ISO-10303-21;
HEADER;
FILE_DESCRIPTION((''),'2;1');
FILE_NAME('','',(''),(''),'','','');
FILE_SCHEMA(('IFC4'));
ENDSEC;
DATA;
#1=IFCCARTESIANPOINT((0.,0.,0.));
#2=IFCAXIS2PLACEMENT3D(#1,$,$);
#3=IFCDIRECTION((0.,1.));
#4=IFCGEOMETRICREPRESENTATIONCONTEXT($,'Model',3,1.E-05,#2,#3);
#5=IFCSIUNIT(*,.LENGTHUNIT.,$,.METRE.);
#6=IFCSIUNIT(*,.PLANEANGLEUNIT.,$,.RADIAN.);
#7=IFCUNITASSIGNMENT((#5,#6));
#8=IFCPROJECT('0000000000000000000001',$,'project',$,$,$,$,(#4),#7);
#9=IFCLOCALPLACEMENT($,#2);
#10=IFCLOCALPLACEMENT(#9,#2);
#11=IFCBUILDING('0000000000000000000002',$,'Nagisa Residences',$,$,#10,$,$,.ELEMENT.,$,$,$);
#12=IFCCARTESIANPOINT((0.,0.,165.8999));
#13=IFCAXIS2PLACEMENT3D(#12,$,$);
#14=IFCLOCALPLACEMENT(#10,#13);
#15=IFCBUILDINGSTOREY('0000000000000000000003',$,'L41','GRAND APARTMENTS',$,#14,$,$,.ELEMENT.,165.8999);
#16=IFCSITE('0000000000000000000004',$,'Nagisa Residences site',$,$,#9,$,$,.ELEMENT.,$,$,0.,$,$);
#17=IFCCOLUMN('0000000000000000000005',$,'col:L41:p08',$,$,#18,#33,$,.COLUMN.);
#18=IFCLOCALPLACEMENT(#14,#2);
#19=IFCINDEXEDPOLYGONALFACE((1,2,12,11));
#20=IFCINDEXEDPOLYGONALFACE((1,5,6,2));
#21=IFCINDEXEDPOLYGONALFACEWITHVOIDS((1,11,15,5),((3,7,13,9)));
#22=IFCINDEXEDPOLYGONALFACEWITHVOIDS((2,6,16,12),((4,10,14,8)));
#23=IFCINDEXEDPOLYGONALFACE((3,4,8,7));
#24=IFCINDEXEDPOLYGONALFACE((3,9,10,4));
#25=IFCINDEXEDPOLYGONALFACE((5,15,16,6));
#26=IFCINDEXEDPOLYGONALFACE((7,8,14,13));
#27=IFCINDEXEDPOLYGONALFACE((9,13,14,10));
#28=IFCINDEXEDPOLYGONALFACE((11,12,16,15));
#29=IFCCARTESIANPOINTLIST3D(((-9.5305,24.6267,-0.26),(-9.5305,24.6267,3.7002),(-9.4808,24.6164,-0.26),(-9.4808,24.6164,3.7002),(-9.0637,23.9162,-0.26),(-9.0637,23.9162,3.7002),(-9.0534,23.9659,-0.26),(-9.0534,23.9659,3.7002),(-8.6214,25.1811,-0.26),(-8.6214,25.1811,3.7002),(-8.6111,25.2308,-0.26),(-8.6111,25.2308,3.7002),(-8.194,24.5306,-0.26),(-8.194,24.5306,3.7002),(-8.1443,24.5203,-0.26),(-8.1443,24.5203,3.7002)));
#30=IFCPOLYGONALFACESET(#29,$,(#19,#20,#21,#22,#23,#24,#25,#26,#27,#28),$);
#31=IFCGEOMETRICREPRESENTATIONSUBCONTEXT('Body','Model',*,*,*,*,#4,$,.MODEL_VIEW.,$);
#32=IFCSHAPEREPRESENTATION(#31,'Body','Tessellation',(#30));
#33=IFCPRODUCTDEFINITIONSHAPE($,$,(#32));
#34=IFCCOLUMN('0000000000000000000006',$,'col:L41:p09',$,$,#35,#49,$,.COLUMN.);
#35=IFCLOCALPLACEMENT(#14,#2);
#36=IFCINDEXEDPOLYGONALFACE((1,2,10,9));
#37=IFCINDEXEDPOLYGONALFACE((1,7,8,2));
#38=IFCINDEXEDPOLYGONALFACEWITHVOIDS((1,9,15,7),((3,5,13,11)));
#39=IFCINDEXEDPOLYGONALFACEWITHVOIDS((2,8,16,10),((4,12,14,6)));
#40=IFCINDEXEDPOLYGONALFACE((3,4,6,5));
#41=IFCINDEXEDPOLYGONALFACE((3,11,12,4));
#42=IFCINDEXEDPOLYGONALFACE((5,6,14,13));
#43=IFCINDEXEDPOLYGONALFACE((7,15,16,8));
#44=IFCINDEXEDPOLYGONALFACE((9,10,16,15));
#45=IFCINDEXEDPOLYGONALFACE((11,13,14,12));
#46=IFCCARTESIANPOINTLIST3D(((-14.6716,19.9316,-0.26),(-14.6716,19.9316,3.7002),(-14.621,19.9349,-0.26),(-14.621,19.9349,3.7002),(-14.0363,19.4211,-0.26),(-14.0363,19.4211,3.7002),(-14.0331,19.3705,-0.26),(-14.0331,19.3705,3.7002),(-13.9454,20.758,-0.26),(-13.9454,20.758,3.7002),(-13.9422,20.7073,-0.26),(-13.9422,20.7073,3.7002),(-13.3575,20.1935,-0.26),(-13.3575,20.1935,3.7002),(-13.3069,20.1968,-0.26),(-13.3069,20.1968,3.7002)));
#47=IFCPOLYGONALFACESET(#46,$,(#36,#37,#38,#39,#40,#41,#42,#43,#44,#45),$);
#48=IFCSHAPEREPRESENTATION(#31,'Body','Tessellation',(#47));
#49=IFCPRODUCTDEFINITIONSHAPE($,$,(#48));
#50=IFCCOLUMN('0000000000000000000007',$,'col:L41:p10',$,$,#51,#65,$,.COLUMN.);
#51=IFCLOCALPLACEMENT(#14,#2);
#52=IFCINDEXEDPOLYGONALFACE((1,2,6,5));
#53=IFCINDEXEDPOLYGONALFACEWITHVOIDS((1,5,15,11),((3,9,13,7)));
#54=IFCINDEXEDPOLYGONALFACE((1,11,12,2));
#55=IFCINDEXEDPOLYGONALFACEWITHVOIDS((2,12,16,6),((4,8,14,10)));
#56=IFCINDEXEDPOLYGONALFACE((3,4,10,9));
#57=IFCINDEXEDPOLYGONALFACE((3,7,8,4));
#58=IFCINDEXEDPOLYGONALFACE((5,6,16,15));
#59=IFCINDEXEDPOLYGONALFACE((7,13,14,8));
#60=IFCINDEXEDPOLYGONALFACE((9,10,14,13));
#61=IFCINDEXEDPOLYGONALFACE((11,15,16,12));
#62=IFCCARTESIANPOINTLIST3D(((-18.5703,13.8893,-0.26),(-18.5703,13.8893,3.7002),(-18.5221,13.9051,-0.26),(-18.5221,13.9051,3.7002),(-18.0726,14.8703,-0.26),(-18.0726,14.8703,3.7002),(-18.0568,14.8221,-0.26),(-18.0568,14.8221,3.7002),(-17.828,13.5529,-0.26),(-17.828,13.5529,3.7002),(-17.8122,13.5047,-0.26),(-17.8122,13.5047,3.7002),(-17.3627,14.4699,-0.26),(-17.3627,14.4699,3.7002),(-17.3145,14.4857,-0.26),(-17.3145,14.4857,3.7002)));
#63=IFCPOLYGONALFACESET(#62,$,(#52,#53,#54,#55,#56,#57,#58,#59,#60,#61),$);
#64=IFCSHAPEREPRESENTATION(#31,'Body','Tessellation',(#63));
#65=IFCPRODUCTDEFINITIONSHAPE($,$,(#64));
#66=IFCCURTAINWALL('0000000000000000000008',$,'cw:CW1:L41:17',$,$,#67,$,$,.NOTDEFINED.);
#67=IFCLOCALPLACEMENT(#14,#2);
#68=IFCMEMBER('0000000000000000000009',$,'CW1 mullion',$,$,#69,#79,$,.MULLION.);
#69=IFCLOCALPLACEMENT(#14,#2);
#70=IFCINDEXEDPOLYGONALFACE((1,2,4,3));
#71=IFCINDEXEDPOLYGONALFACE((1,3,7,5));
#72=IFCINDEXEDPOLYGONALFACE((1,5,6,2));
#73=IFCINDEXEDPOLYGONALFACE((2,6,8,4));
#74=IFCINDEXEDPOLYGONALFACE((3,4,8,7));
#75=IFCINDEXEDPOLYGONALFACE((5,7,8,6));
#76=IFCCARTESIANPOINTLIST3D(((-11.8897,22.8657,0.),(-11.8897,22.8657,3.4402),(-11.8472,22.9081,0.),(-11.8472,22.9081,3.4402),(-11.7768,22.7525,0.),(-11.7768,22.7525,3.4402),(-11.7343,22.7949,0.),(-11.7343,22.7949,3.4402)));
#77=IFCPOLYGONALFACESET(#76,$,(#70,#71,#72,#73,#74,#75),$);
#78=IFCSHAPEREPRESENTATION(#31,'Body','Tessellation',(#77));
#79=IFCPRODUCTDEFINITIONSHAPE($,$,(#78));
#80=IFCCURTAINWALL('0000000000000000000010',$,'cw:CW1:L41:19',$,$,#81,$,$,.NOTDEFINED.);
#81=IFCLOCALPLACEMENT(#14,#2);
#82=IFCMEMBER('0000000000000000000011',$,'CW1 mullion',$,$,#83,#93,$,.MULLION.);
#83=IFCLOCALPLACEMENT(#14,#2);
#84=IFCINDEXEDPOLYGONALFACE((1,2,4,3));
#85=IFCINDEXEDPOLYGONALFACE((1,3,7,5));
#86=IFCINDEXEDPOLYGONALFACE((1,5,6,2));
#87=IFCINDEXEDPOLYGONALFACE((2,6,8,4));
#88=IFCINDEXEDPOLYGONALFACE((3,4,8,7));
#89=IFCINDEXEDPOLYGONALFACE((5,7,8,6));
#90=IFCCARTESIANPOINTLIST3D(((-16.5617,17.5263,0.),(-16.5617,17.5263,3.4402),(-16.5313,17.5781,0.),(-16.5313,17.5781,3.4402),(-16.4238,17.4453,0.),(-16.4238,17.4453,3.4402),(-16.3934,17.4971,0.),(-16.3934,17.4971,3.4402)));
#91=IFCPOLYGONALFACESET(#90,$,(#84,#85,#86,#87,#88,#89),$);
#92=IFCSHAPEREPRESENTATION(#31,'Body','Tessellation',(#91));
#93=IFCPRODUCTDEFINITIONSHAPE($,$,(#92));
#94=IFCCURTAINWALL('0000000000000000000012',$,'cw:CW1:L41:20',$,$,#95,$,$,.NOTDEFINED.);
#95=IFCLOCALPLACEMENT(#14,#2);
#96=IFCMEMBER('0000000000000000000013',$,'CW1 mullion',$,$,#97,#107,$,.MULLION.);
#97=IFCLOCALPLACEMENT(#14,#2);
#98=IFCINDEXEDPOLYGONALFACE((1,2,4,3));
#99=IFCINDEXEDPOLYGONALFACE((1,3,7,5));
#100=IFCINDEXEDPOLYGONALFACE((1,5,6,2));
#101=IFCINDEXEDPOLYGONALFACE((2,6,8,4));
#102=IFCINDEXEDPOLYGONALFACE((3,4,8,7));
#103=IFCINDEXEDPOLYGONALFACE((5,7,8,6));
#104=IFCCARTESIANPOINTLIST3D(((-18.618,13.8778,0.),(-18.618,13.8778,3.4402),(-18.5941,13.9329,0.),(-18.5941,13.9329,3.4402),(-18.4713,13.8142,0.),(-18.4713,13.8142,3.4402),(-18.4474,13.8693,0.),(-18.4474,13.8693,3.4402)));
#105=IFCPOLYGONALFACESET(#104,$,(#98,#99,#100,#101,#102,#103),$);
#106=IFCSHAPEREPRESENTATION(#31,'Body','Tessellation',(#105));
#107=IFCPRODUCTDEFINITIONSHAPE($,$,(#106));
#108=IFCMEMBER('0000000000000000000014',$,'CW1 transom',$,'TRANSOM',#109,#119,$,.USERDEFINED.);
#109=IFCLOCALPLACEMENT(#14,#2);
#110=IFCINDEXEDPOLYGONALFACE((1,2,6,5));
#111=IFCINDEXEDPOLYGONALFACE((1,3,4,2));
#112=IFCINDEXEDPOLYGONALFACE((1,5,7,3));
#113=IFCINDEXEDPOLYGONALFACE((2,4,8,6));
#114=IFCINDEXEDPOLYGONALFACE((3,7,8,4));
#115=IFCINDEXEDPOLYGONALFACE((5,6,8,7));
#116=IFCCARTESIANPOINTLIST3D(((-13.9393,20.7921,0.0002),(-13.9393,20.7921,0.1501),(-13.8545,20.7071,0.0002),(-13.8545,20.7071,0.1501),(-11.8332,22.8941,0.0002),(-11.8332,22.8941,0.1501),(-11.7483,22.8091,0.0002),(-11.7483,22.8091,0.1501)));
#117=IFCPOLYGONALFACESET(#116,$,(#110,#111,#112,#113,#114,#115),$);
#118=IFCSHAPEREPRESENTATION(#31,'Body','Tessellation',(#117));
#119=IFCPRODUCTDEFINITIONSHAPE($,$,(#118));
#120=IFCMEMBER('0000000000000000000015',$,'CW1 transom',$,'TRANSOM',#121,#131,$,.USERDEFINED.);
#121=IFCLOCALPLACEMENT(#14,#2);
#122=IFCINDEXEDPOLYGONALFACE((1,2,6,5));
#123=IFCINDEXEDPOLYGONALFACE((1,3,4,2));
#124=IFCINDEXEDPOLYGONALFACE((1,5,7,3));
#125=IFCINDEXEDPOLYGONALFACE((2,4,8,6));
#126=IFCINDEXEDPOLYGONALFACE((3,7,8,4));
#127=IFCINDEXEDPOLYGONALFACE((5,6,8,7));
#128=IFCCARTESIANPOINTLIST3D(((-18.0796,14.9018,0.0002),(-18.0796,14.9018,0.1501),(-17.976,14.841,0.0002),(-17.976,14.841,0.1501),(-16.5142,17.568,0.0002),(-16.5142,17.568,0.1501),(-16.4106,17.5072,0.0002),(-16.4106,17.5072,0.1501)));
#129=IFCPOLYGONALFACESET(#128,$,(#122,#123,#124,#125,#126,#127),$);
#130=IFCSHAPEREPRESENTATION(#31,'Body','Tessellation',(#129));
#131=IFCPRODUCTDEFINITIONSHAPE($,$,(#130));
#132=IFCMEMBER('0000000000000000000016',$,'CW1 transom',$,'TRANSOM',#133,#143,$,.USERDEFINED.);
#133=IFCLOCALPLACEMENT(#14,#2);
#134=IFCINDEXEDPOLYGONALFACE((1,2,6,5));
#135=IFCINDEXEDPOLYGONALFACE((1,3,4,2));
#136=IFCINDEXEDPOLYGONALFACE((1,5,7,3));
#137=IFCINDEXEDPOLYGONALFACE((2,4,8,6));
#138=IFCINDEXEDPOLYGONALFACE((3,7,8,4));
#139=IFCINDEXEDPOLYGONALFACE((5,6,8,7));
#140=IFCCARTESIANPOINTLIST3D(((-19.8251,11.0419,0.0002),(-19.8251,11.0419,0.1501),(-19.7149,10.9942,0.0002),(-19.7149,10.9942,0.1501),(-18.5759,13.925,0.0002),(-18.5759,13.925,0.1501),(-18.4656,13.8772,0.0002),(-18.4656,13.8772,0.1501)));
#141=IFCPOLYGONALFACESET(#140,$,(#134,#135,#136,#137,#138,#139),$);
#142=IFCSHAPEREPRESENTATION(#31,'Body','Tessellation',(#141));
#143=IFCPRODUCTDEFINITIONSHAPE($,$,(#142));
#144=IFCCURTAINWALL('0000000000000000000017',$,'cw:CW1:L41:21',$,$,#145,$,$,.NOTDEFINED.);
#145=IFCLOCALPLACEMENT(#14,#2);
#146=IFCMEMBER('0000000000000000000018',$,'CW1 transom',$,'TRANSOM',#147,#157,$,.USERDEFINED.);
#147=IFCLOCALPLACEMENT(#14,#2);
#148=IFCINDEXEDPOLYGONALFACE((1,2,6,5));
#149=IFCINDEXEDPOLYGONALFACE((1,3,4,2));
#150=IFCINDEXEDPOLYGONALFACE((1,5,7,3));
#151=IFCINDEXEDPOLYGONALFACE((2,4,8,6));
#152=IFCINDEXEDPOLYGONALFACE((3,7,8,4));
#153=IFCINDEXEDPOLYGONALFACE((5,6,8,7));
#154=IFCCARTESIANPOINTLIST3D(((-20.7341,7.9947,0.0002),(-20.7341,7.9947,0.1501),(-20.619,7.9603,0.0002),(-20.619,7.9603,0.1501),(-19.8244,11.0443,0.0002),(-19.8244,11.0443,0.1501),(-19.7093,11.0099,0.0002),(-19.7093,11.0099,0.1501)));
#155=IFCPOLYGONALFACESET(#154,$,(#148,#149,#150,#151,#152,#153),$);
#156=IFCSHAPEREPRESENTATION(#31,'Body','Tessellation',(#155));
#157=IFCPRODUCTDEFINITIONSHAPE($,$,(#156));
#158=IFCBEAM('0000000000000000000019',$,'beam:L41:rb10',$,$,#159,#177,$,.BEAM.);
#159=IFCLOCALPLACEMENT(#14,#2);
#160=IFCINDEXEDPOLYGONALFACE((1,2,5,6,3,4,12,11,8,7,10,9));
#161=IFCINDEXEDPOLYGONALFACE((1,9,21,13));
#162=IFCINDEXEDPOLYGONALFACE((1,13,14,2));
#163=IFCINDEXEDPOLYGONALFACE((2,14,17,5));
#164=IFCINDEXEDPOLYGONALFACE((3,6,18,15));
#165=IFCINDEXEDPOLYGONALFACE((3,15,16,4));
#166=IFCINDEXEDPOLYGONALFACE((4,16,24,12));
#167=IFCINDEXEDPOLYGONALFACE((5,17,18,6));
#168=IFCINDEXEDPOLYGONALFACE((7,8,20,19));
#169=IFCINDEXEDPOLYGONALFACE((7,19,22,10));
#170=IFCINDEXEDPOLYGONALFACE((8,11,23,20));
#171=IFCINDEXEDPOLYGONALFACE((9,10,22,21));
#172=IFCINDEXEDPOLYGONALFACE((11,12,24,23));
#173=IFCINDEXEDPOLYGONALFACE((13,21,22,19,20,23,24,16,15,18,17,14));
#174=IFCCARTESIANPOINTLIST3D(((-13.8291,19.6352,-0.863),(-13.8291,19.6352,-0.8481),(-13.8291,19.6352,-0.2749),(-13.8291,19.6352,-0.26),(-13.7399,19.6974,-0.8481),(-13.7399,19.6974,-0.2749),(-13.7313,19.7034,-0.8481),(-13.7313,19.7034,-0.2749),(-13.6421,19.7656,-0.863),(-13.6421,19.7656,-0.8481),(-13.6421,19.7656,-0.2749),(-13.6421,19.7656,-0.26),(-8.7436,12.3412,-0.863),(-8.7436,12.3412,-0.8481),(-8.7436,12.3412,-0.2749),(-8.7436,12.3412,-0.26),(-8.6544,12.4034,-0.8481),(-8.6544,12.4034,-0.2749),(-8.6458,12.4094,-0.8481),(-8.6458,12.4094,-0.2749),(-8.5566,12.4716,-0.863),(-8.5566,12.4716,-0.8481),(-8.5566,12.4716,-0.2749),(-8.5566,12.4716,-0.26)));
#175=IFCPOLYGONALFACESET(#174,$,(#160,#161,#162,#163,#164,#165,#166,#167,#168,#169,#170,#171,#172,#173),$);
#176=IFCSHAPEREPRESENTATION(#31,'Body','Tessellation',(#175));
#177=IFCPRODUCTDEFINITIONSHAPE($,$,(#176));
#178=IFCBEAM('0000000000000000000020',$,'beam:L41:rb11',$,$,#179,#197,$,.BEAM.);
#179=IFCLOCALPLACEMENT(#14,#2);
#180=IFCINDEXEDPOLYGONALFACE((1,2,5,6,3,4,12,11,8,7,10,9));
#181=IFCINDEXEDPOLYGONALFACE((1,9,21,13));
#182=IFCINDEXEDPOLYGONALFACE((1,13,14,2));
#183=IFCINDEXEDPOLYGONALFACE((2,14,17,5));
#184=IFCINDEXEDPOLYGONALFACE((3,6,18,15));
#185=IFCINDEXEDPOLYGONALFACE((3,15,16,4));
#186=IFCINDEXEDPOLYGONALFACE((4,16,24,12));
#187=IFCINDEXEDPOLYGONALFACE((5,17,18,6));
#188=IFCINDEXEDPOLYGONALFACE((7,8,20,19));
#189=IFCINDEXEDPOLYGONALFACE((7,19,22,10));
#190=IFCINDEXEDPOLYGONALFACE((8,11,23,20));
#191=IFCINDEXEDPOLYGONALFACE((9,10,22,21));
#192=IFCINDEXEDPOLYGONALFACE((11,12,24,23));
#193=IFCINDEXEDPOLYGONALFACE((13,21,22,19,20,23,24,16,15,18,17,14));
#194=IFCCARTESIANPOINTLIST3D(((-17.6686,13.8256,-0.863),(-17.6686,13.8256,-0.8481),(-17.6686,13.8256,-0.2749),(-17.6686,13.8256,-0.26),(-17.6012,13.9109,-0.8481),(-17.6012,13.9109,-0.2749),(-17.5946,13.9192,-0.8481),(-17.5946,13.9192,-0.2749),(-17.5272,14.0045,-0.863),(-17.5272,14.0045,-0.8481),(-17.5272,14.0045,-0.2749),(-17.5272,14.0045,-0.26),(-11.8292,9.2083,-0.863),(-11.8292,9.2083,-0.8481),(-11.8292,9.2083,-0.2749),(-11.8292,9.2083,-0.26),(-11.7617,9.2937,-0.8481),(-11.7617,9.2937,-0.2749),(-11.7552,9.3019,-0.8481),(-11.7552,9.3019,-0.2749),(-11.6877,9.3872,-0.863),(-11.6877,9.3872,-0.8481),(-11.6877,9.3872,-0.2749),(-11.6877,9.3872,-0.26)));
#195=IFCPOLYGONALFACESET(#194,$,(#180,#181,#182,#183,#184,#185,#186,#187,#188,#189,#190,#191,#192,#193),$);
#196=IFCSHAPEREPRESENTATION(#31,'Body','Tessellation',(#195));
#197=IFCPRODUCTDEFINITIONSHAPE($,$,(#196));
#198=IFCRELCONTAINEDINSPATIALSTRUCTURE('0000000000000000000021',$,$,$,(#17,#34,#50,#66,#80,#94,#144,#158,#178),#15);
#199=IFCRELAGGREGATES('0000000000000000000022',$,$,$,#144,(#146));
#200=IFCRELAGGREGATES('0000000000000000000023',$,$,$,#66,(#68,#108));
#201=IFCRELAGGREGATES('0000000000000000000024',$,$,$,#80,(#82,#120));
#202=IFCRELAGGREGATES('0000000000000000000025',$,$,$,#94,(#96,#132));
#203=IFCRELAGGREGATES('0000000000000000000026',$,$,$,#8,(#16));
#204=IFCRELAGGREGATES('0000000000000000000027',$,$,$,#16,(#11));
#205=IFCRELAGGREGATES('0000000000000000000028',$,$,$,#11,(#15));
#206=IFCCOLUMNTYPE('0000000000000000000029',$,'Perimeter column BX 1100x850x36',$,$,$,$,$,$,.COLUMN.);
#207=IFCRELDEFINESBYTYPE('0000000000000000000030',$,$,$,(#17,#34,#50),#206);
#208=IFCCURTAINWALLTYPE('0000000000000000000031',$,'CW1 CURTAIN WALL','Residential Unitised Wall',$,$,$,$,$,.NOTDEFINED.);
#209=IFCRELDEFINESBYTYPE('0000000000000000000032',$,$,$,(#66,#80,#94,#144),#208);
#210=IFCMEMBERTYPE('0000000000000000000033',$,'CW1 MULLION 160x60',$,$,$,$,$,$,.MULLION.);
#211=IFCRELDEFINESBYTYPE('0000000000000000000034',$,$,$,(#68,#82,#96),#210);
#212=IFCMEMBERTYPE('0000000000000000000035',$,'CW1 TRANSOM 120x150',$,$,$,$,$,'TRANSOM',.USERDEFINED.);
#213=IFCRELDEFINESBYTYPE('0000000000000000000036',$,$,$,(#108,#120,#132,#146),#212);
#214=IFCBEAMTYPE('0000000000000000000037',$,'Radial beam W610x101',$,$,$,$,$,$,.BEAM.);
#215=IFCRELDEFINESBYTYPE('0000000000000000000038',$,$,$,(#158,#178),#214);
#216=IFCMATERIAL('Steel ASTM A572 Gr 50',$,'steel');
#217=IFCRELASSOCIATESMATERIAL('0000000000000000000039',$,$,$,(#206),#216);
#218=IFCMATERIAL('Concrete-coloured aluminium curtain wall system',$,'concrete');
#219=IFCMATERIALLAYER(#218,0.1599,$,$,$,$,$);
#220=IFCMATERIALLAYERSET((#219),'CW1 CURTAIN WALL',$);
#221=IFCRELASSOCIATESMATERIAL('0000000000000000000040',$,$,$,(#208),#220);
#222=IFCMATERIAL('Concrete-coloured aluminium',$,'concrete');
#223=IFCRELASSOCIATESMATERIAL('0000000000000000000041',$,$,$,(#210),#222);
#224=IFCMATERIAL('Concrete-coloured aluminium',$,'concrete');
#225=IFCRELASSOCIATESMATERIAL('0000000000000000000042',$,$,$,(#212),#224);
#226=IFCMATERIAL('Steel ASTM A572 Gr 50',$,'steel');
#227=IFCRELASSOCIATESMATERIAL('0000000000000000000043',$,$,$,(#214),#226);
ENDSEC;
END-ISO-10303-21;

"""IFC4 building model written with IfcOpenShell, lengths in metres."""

from ifc_helpers import new_model, si_unit, direction, frame, origin, origin_2d, place, context, subcontext, project, spatial, rectangle, hollow_rectangle, i_section, extrude, material, layer, layer_set, material_profile, profile_set, type_object, element, aggregate, save


model = new_model("IFC4")

# Units and contexts
model_context = context("Model", 3, precision=1e-05, world=origin(), true_north=direction((0.0, 1.0)))
body_context = subcontext(model_context, "Body", "Model", "MODEL_VIEW")
ifc_project = project(units=[si_unit("LENGTHUNIT", "METRE"), si_unit("PLANEANGLEUNIT", "RADIAN")], contexts=[model_context])

# Site, building, storey
site_placement = place(None, origin())
site = spatial("IfcSite", under=ifc_project, at=site_placement, Name="Nagisa Residences site", CompositionType="ELEMENT", RefElevation=0.0)
building_placement = place(site_placement, origin())
building = spatial("IfcBuilding", under=site, at=building_placement, Name="Nagisa Residences", CompositionType="ELEMENT")
storey_placement = place(building_placement, frame((0.0, 0.0, 165.8999)))
storey = spatial("IfcBuildingStorey", under=building, at=storey_placement, Name="L41", Description="GRAND APARTMENTS", CompositionType="ELEMENT", Elevation=165.8999)

# Columns
ifc_material_1 = material(Name="Steel ASTM A572 Gr 50", Category="steel")
ifc_material_profile_1 = material_profile(ifc_material_1, hollow_rectangle(XDim=1.1001, YDim=0.8501, WallThickness=0.0359, at=origin_2d()), Name="BX 1100x850x36")
ifc_profile_set_1 = profile_set([ifc_material_profile_1], Name="Steel ASTM A572 Gr 50")
column_type = type_object("IfcColumnType", Name="Perimeter column BX 1100x850x36", PredefinedType="COLUMN", material=ifc_profile_set_1)
for number, where, z_axis, x_axis, name in (
    (1, (-8.8374, 24.5735, -0.26), (0.0, 0.0, 1.0), (-0.835766, -0.549086, 0.0), "col:L41:p08"),
    (2, (-13.9893, 20.0642, -0.26), (0.0, 0.0, 1.0), (-0.660115, -0.751165, 0.0), "col:L41:p09"),
    (3, (-17.9424, 14.1875, -0.26), (0.0, 0.0, 1.0), (-0.452463, -0.891783, 0.0), "col:L41:p10"),
):
    element("IfcColumn", number, at=place(storey_placement, frame(where, z_axis=z_axis, x_axis=x_axis)), inside=storey, type_object=column_type, Name=name, PredefinedType="COLUMN", context=body_context, shape_type="SweptSolid", body=[
        extrude(hollow_rectangle(XDim=1.1001, YDim=0.8501, WallThickness=0.0359, at=origin_2d()), origin(), (0.0, 0.0, 1.0), 3.9602),
    ])

# Curtain walls, members
ifc_material_2 = material(Name="Concrete-coloured aluminium curtain wall system", Category="concrete")
ifc_layer_1 = layer(ifc_material_2, 0.1599)
ifc_layer_set_1 = layer_set([ifc_layer_1], Name="CW1 CURTAIN WALL")
curtain_wall_type = type_object("IfcCurtainWallType", Name="CW1 CURTAIN WALL", Description="Residential Unitised Wall", PredefinedType="NOTDEFINED", material=ifc_layer_set_1)
curtain_wall_1_placement = place(storey_placement, origin())
curtain_wall_1 = element("IfcCurtainWall", 4, at=curtain_wall_1_placement, inside=storey, type_object=curtain_wall_type, Name="cw:CW1:L41:17", PredefinedType="NOTDEFINED")
ifc_material_3 = material(Name="Concrete-coloured aluminium", Category="concrete")
ifc_material_profile_2 = material_profile(ifc_material_3, rectangle(XDim=0.1599, YDim=0.0601, at=origin_2d()), Name="CW1 MULLION 160x60")
ifc_profile_set_2 = profile_set([ifc_material_profile_2], Name="Concrete-coloured aluminium")
member_type_1 = type_object("IfcMemberType", Name="CW1 MULLION 160x60", PredefinedType="MULLION", material=ifc_profile_set_2)
member_1_placement = place(storey_placement, frame((-11.812, 22.8303, 0.0), z_axis=(0.0, 0.0, 1.0), x_axis=(0.706377, -0.707836, 0.0)))
member_1 = element("IfcMember", 5, at=member_1_placement, type_object=member_type_1, Name="CW1 mullion", PredefinedType="MULLION", context=body_context, shape_type="SweptSolid", body=[
    extrude(rectangle(XDim=0.1599, YDim=0.0601, at=origin_2d()), origin(), (0.0, 0.0, 1.0), 3.4402),
])
curtain_wall_2_placement = place(storey_placement, origin())
curtain_wall_2 = element("IfcCurtainWall", 6, at=curtain_wall_2_placement, inside=storey, type_object=curtain_wall_type, Name="cw:CW1:L41:19", PredefinedType="NOTDEFINED")
member_2_placement = place(storey_placement, frame((-16.4775, 17.5117, 0.0), z_axis=(0.0, 0.0, 1.0), x_axis=(0.862329, -0.506349, 0.0)))
member_2 = element("IfcMember", 7, at=member_2_placement, type_object=member_type_1, Name="CW1 mullion", PredefinedType="MULLION", context=body_context, shape_type="SweptSolid", body=[
    extrude(rectangle(XDim=0.1599, YDim=0.0601, at=origin_2d()), origin(), (0.0, 0.0, 1.0), 3.4402),
])
curtain_wall_3_placement = place(storey_placement, origin())
curtain_wall_3 = element("IfcCurtainWall", 8, at=curtain_wall_3_placement, inside=storey, type_object=curtain_wall_type, Name="cw:CW1:L41:20", PredefinedType="NOTDEFINED")
member_3_placement = place(storey_placement, frame((-18.5327, 13.8735, 0.0), z_axis=(0.0, 0.0, 1.0), x_axis=(0.917543, -0.397636, 0.0)))
member_3 = element("IfcMember", 9, at=member_3_placement, type_object=member_type_1, Name="CW1 mullion", PredefinedType="MULLION", context=body_context, shape_type="SweptSolid", body=[
    extrude(rectangle(XDim=0.1599, YDim=0.0601, at=origin_2d()), origin(), (0.0, 0.0, 1.0), 3.4402),
])

# Members
ifc_material_4 = material(Name="Concrete-coloured aluminium", Category="concrete")
ifc_material_profile_3 = material_profile(ifc_material_4, rectangle(XDim=0.1201, YDim=0.1499, at=origin_2d()), Name="CW1 TRANSOM 120x150")
ifc_profile_set_3 = profile_set([ifc_material_profile_3], Name="Concrete-coloured aluminium")
member_type_2 = type_object("IfcMemberType", Name="CW1 TRANSOM 120x150", ElementType="TRANSOM", PredefinedType="USERDEFINED", material=ifc_profile_set_3)
member_4_placement = place(storey_placement, frame((-11.7908, 22.8516, 0.0752), z_axis=(-0.707804, -0.706409, 0.0), x_axis=(0.706409, -0.707804, 0.0)))
member_4 = element("IfcMember", 10, at=member_4_placement, type_object=member_type_2, Name="CW1 transom", ObjectType="TRANSOM", PredefinedType="USERDEFINED", context=body_context, shape_type="SweptSolid", body=[
    extrude(rectangle(XDim=0.1201, YDim=0.1499, at=origin_2d()), origin(), (0.0, 0.0, 1.0), 2.9756),
])
member_5_placement = place(storey_placement, frame((-16.4624, 17.5376, 0.0752), z_axis=(-0.506309, -0.862352, 0.0), x_axis=(0.862352, -0.506309, 0.0)))
member_5 = element("IfcMember", 11, at=member_5_placement, type_object=member_type_2, Name="CW1 transom", ObjectType="TRANSOM", PredefinedType="USERDEFINED", context=body_context, shape_type="SweptSolid", body=[
    extrude(rectangle(XDim=0.1201, YDim=0.1499, at=origin_2d()), origin(), (0.0, 0.0, 1.0), 3.0918),
])
member_6_placement = place(storey_placement, frame((-18.5208, 13.9011, 0.0752), z_axis=(-0.397592, -0.917562, 0.0), x_axis=(0.917562, -0.397592, 0.0)))
member_6 = element("IfcMember", 12, at=member_6_placement, type_object=member_type_2, Name="CW1 transom", ObjectType="TRANSOM", PredefinedType="USERDEFINED", context=body_context, shape_type="SweptSolid", body=[
    extrude(rectangle(XDim=0.1201, YDim=0.1499, at=origin_2d()), origin(), (0.0, 0.0, 1.0), 3.1421),
])

# Curtain wall, member
curtain_wall_4_placement = place(storey_placement, origin())
curtain_wall_4 = element("IfcCurtainWall", 13, at=curtain_wall_4_placement, inside=storey, type_object=curtain_wall_type, Name="cw:CW1:L41:21", PredefinedType="NOTDEFINED")
member_7_placement = place(storey_placement, frame((-19.7668, 11.0271, 0.0752), z_axis=(-0.285848, -0.958275, 0.0), x_axis=(0.958275, -0.285848, 0.0)))
member_7 = element("IfcMember", 14, at=member_7_placement, type_object=member_type_2, Name="CW1 transom", ObjectType="TRANSOM", PredefinedType="USERDEFINED", context=body_context, shape_type="SweptSolid", body=[
    extrude(rectangle(XDim=0.1201, YDim=0.1499, at=origin_2d()), origin(), (0.0, 0.0, 1.0), 3.1824),
])
aggregate(curtain_wall_4, [member_7])

# Beams
ifc_material_5 = material(Name="Steel ASTM A572 Gr 50", Category="steel")
ifc_material_profile_4 = material_profile(ifc_material_5, i_section(OverallWidth=0.228, OverallDepth=0.603, WebThickness=0.0105, FlangeThickness=0.0149, at=origin_2d()), Name="W610x101")
ifc_profile_set_4 = profile_set([ifc_material_profile_4], Name="Steel ASTM A572 Gr 50")
beam_type = type_object("IfcBeamType", Name="Radial beam W610x101", PredefinedType="BEAM", material=ifc_profile_set_4)
beam_1_placement = place(storey_placement, frame((-13.7356, 19.7004, -0.5615), z_axis=(0.571928, -0.820304, 0.0), x_axis=(0.820304, 0.571928, 0.0)))
element("IfcBeam", 15, at=beam_1_placement, inside=storey, type_object=beam_type, Name="beam:L41:rb10", PredefinedType="BEAM", context=body_context, shape_type="SweptSolid", body=[
    extrude(i_section(OverallWidth=0.228, OverallDepth=0.603, WebThickness=0.0105, FlangeThickness=0.0149, at=origin_2d()), origin(), (0.0, 0.0, 1.0), 8.8918),
])
beam_2_placement = place(storey_placement, frame((-17.5979, 13.915, -0.5615), z_axis=(0.784414, -0.620237, 0.0), x_axis=(0.620237, 0.784414, 0.0)))
element("IfcBeam", 16, at=beam_2_placement, inside=storey, type_object=beam_type, Name="beam:L41:rb11", PredefinedType="BEAM", context=body_context, shape_type="SweptSolid", body=[
    extrude(i_section(OverallWidth=0.228, OverallDepth=0.603, WebThickness=0.0105, FlangeThickness=0.0149, at=origin_2d()), origin(), (0.0, 0.0, 1.0), 7.4443),
])

aggregate(curtain_wall_1, [member_1, member_4])
aggregate(curtain_wall_2, [member_2, member_5])
aggregate(curtain_wall_3, [member_3, member_6])

save(model, "model.ifc")
